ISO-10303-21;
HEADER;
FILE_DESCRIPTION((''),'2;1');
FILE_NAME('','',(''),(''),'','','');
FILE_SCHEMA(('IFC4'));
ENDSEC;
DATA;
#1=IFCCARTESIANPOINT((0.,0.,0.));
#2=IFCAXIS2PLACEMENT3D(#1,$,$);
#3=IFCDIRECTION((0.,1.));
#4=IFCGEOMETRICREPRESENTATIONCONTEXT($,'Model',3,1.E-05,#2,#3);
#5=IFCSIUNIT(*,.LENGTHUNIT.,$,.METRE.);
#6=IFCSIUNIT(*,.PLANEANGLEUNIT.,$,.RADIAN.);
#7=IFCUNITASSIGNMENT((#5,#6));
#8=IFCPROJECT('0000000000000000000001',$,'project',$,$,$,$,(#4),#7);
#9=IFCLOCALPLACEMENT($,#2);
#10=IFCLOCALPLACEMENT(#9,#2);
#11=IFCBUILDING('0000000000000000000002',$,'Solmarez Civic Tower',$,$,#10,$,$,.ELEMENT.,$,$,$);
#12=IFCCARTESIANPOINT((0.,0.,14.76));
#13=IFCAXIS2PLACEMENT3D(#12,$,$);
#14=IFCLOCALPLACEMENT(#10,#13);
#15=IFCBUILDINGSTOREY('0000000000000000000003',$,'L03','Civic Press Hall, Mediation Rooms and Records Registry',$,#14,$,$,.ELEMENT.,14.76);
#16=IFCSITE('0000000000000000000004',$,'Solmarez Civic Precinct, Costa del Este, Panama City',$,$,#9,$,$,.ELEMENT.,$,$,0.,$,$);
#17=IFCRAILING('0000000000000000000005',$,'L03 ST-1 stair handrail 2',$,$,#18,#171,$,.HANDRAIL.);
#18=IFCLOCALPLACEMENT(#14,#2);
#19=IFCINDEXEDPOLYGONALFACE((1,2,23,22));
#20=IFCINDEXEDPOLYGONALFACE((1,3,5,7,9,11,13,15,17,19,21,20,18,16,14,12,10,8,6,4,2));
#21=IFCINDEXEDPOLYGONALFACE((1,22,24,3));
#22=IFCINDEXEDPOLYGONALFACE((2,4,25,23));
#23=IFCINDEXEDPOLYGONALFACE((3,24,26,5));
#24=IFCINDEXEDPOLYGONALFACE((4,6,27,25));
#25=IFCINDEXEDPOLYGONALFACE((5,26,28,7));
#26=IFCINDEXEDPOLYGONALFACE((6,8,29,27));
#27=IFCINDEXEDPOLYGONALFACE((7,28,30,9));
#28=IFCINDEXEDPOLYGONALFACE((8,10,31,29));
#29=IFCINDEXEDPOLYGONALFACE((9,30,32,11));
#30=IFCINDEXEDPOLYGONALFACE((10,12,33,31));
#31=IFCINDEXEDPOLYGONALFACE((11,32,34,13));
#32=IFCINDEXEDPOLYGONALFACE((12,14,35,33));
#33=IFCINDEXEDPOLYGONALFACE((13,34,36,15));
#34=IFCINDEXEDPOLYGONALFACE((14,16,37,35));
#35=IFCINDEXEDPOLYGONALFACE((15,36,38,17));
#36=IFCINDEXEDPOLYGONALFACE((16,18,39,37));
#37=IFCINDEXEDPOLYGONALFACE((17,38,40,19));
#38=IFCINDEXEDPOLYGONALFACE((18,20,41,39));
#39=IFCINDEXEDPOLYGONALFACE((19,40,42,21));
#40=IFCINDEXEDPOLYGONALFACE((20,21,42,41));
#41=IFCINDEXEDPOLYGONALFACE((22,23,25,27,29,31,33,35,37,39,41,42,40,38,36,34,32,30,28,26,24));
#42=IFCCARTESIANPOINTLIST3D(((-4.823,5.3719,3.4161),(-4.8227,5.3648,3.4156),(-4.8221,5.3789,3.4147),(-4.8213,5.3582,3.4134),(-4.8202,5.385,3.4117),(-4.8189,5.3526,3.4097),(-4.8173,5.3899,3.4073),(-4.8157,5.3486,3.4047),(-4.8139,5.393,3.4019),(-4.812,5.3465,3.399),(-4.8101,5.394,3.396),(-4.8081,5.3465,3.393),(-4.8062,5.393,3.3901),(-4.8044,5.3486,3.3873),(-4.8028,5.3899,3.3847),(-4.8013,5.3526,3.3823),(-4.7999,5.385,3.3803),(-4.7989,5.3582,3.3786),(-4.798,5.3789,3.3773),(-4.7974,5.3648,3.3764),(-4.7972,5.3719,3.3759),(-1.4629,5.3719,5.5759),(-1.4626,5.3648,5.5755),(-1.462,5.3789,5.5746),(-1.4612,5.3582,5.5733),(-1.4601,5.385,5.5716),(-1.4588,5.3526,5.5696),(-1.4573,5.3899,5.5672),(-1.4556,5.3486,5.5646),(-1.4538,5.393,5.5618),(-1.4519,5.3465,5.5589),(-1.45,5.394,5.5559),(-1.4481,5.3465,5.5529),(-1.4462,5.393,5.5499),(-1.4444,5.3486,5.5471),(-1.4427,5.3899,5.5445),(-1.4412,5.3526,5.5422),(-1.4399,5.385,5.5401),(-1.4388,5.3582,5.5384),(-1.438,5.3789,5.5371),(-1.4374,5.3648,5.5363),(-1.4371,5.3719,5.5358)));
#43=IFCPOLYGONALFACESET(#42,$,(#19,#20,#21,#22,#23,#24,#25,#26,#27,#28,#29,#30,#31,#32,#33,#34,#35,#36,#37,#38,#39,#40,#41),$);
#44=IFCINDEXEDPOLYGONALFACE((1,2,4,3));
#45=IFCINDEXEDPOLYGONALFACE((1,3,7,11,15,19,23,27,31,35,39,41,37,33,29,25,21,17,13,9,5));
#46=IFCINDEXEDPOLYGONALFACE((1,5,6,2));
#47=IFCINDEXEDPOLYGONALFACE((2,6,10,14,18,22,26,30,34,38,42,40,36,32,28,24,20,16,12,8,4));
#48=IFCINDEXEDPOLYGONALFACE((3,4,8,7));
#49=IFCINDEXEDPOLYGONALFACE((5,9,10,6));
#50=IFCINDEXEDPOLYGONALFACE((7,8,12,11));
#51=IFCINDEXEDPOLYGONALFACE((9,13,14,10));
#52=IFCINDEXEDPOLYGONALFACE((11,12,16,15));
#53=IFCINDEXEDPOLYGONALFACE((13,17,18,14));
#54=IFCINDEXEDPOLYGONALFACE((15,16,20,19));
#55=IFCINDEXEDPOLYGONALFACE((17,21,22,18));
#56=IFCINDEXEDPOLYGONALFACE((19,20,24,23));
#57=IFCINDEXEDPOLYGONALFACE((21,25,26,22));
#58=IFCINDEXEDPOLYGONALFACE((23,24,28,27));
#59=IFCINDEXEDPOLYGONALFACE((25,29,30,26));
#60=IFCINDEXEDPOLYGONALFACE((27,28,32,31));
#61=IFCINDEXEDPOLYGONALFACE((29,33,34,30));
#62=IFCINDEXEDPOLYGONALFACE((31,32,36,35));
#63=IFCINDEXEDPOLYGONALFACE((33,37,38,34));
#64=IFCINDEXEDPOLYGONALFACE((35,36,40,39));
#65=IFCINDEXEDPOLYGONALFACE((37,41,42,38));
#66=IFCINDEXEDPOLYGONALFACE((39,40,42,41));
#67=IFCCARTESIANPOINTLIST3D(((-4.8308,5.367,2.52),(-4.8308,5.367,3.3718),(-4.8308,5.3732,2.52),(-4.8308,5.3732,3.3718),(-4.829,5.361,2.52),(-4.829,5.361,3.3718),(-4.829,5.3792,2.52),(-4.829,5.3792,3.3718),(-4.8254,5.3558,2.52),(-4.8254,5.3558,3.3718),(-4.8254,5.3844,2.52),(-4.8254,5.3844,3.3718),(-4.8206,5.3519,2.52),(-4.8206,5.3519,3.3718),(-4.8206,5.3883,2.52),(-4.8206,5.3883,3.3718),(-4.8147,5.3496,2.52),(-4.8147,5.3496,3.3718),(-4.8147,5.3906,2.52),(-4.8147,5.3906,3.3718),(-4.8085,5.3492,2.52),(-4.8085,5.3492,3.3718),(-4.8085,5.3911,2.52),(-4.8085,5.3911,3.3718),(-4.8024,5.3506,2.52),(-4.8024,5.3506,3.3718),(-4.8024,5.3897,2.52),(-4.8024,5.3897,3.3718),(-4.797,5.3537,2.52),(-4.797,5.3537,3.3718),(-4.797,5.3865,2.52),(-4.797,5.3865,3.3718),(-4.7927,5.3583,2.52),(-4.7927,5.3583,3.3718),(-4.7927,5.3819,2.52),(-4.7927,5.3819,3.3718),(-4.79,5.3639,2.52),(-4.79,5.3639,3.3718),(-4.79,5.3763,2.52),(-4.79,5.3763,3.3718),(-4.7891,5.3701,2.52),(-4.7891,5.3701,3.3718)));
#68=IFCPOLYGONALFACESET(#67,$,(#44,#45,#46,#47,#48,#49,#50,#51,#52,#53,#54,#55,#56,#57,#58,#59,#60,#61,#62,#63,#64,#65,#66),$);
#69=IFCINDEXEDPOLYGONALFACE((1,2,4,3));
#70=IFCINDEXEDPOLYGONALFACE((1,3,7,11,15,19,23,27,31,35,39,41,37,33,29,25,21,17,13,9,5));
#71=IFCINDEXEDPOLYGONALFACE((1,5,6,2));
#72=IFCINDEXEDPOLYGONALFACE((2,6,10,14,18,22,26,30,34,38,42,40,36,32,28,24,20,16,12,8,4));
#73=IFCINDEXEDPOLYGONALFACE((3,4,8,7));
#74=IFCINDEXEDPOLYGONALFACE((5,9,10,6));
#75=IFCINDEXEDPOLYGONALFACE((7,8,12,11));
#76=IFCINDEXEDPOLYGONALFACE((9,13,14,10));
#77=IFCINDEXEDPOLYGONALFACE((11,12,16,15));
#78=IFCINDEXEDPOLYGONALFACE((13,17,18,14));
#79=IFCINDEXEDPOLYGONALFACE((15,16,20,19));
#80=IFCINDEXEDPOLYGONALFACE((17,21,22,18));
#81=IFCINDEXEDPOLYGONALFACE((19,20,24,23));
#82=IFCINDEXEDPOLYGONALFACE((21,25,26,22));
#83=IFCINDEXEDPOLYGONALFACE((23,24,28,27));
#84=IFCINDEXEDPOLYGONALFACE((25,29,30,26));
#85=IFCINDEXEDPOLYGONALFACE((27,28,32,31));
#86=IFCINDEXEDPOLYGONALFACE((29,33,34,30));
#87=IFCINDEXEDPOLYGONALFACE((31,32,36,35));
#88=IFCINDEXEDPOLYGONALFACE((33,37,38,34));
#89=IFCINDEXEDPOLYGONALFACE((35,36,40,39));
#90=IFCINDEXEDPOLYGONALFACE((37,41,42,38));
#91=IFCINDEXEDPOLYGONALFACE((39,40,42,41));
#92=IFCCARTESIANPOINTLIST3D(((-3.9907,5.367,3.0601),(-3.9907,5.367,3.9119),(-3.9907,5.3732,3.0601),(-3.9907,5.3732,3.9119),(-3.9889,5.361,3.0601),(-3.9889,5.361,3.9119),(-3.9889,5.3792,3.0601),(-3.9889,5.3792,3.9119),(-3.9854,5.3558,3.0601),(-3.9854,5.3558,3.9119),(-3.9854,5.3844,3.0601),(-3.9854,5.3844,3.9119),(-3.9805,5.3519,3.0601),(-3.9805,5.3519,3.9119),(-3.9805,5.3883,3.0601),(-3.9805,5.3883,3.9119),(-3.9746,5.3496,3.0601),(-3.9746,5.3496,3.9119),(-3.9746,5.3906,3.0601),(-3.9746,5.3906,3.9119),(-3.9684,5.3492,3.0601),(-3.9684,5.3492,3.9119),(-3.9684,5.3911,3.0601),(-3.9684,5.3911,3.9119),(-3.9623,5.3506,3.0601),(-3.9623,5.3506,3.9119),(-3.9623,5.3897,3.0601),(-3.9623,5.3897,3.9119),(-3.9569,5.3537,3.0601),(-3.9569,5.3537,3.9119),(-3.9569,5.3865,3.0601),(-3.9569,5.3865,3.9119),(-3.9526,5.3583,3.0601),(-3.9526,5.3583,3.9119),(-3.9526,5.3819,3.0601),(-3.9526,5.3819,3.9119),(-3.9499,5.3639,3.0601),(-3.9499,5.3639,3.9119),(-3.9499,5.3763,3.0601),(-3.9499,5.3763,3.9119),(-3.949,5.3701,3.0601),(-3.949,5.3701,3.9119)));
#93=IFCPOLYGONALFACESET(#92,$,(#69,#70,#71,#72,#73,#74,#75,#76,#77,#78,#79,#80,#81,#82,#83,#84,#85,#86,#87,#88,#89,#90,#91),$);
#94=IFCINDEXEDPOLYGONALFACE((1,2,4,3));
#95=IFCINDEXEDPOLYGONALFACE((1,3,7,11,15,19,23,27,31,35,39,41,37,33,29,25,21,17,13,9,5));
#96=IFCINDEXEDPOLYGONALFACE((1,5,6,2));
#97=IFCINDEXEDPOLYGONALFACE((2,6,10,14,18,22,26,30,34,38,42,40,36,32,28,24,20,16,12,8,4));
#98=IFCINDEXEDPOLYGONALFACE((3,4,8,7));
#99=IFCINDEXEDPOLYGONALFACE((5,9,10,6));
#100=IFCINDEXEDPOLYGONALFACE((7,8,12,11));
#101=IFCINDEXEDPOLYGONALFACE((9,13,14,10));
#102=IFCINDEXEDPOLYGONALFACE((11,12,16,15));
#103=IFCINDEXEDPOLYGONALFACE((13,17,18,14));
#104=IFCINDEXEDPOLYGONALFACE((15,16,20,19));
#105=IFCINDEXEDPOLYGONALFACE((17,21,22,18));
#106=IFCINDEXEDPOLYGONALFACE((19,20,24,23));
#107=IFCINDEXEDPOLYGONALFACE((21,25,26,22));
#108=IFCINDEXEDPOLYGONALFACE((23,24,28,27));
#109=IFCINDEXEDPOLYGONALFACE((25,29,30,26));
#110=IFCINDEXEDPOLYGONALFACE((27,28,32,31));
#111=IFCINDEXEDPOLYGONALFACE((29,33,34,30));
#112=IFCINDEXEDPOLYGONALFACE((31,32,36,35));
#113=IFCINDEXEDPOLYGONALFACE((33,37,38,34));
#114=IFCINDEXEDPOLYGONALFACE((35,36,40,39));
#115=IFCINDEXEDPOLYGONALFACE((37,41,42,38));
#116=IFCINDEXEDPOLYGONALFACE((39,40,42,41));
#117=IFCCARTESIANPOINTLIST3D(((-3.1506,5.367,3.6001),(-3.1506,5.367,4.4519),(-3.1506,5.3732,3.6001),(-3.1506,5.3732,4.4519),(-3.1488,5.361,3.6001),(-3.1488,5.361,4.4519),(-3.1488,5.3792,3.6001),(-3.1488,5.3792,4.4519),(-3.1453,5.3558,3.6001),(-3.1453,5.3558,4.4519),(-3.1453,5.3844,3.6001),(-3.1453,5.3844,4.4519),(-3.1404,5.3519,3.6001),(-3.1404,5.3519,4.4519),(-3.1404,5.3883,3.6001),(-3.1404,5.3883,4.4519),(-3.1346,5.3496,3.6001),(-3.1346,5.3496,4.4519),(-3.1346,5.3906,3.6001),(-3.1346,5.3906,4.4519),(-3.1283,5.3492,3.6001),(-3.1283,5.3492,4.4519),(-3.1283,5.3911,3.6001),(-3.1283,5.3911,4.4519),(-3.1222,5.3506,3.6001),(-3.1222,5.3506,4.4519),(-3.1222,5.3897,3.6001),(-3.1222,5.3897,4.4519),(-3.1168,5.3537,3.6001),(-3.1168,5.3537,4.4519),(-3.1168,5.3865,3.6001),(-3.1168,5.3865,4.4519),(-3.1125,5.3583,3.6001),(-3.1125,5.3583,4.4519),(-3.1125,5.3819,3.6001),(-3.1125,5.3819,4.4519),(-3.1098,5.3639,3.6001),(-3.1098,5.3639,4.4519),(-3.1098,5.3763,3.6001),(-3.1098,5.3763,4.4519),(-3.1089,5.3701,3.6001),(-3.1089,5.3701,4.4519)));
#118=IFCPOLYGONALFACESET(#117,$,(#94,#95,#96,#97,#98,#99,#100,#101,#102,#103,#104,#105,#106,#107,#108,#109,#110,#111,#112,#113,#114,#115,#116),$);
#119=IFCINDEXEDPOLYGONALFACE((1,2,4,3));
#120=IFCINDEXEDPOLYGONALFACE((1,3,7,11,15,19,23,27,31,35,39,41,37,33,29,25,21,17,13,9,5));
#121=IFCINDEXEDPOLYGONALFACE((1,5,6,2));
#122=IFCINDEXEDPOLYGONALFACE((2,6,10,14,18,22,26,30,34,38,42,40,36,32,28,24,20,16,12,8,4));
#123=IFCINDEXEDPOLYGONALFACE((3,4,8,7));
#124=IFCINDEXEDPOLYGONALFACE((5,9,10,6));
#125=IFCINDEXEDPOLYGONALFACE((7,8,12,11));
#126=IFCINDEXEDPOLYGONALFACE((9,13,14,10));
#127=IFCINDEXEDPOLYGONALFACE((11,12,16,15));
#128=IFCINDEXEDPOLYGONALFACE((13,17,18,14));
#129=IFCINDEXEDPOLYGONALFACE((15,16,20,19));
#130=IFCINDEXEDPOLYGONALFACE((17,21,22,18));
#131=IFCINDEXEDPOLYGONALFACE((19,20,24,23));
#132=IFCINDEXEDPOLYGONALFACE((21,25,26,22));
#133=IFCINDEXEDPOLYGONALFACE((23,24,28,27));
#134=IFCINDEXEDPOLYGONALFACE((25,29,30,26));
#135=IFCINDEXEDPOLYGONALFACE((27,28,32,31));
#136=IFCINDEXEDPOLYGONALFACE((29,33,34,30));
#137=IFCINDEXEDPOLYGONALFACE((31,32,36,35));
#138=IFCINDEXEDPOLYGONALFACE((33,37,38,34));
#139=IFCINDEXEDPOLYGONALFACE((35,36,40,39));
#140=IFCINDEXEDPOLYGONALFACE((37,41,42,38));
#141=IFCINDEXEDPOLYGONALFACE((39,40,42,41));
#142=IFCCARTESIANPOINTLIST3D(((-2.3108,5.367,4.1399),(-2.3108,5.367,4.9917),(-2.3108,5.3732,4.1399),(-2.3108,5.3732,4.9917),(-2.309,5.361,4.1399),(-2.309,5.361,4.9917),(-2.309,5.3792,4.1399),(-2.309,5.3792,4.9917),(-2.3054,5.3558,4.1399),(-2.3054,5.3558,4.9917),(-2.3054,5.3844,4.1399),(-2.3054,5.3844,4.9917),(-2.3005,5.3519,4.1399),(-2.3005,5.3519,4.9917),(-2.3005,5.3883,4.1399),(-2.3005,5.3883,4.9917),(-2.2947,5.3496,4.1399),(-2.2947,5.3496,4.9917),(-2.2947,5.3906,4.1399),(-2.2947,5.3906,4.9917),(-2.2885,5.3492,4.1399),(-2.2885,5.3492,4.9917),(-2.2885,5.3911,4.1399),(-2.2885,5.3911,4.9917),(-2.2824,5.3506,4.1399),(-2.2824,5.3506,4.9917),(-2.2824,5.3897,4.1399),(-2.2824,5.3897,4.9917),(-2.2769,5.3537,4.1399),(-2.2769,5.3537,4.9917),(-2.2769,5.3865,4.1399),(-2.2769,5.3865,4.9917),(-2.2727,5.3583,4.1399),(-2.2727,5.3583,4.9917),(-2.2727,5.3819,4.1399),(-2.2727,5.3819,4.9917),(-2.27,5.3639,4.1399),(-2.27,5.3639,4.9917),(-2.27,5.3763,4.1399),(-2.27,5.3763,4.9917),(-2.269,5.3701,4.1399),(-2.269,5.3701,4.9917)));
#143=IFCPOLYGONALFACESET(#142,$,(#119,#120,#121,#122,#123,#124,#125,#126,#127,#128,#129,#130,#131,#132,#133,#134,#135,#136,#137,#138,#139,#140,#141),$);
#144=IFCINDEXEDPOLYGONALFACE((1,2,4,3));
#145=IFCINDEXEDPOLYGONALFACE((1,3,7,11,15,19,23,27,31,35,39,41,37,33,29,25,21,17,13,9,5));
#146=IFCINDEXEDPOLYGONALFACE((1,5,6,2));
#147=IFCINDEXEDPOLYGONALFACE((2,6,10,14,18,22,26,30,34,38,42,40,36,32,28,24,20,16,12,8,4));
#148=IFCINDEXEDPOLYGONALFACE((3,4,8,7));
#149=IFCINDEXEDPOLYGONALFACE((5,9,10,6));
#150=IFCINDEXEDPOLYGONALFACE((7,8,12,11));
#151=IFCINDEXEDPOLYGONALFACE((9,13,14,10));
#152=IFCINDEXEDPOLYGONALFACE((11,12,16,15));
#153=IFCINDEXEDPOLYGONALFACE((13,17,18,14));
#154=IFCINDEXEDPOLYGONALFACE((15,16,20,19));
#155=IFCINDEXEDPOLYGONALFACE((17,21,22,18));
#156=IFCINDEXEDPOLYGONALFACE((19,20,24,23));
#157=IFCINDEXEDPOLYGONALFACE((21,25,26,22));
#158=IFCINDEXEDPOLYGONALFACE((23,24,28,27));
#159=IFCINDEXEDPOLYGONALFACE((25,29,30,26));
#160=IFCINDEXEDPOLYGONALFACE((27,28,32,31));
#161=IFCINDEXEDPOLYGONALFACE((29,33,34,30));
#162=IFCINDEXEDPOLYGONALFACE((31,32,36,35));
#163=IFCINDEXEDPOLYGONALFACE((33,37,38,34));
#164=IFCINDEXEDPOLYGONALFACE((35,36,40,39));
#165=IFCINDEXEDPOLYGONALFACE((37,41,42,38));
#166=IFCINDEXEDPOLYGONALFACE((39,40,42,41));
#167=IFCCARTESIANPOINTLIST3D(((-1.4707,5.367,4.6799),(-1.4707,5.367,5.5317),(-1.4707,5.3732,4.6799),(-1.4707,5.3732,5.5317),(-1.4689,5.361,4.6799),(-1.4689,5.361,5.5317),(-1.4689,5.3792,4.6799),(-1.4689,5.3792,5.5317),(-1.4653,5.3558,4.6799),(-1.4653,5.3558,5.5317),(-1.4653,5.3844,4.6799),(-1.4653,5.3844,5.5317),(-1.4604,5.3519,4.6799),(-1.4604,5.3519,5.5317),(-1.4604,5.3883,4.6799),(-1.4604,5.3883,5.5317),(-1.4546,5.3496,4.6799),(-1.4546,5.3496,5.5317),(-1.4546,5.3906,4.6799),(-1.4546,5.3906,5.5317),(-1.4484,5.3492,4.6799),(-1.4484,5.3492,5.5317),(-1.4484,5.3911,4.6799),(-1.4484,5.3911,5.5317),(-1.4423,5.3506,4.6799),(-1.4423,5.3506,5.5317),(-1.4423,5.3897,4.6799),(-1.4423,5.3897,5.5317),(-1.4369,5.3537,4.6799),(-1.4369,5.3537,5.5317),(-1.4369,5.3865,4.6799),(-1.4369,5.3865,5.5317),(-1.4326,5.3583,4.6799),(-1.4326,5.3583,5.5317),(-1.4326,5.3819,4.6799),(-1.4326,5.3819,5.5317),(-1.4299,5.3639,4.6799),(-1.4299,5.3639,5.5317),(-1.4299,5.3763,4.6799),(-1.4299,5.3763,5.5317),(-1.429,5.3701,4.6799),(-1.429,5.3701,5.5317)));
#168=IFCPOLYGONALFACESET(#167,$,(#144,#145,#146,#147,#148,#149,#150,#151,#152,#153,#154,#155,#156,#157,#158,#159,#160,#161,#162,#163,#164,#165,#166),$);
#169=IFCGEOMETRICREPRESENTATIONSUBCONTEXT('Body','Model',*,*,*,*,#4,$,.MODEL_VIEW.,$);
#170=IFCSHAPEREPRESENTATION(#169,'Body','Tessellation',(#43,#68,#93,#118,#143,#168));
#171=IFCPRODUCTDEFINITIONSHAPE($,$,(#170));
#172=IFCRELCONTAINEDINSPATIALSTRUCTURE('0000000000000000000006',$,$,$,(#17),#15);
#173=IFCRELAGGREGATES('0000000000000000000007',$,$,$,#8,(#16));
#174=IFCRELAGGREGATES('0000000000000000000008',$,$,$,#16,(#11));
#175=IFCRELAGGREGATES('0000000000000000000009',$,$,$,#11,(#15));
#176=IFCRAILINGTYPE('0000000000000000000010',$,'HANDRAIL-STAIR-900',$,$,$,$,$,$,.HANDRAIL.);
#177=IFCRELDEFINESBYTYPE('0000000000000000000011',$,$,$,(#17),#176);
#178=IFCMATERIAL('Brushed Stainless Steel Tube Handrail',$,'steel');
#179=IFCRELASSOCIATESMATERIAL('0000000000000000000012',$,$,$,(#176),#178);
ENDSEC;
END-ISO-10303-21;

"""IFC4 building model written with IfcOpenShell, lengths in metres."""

from ifc_helpers import new_model, si_unit, direction, frame, origin, origin_2d, place, context, subcontext, project, spatial, circle, extrude, material, type_object, element, save


model = new_model("IFC4")

# Units and contexts
model_context = context("Model", 3, precision=1e-05, world=origin(), true_north=direction((0.0, 1.0)))
body_context = subcontext(model_context, "Body", "Model", "MODEL_VIEW")
ifc_project = project(units=[si_unit("LENGTHUNIT", "METRE"), si_unit("PLANEANGLEUNIT", "RADIAN")], contexts=[model_context])

# Site, building, storey
site_placement = place(None, origin())
site = spatial("IfcSite", under=ifc_project, at=site_placement, Name="Solmarez Civic Precinct, Costa del Este, Panama City", CompositionType="ELEMENT", RefElevation=0.0)
building_placement = place(site_placement, origin())
building = spatial("IfcBuilding", under=site, at=building_placement, Name="Solmarez Civic Tower", CompositionType="ELEMENT")
storey_placement = place(building_placement, frame((0.0, 0.0, 14.76)))
storey = spatial("IfcBuildingStorey", under=building, at=storey_placement, Name="L03", Description="Civic Press Hall, Mediation Rooms and Records Registry", CompositionType="ELEMENT", Elevation=14.76)

# Railing
ifc_material_1 = material(Name="Brushed Stainless Steel Tube Handrail", Category="steel")
railing_type_1 = type_object("IfcRailingType", Name="HANDRAIL-STAIR-900", PredefinedType="HANDRAIL", material=ifc_material_1)
railing_1_placement = place(storey_placement, frame((-4.8101, 5.3701, 2.52)))
element("IfcRailing", 1, at=railing_1_placement, inside=storey, type_object=railing_type_1, Name="L03 ST-1 stair handrail 2", PredefinedType="HANDRAIL", context=body_context, shape_type="SweptSolid", body=[
    extrude(circle(Radius=0.0239, at=origin_2d()), frame((0.0, 0.0, 0.876), z_axis=(0.841196, 0.0, 0.54073), x_axis=(0.0, 1.0, 0.0)), (0.0, 0.0, 1.0), 3.9944),
    extrude(circle(Radius=0.021, at=origin_2d()), origin(), (0.0, 0.0, 1.0), 0.8518),
    extrude(circle(Radius=0.021, at=origin_2d()), frame((0.8401, 0.0, 0.54)), (0.0, 0.0, 1.0), 0.8518),
    extrude(circle(Radius=0.021, at=origin_2d()), frame((1.6802, 0.0, 1.0801)), (0.0, 0.0, 1.0), 0.8518),
    extrude(circle(Radius=0.021, at=origin_2d()), frame((2.52, 0.0, 1.6199)), (0.0, 0.0, 1.0), 0.8518),
    extrude(circle(Radius=0.021, at=origin_2d()), frame((3.3601, 0.0, 2.1599)), (0.0, 0.0, 1.0), 0.8518),
])

save(model, "model.ifc")
